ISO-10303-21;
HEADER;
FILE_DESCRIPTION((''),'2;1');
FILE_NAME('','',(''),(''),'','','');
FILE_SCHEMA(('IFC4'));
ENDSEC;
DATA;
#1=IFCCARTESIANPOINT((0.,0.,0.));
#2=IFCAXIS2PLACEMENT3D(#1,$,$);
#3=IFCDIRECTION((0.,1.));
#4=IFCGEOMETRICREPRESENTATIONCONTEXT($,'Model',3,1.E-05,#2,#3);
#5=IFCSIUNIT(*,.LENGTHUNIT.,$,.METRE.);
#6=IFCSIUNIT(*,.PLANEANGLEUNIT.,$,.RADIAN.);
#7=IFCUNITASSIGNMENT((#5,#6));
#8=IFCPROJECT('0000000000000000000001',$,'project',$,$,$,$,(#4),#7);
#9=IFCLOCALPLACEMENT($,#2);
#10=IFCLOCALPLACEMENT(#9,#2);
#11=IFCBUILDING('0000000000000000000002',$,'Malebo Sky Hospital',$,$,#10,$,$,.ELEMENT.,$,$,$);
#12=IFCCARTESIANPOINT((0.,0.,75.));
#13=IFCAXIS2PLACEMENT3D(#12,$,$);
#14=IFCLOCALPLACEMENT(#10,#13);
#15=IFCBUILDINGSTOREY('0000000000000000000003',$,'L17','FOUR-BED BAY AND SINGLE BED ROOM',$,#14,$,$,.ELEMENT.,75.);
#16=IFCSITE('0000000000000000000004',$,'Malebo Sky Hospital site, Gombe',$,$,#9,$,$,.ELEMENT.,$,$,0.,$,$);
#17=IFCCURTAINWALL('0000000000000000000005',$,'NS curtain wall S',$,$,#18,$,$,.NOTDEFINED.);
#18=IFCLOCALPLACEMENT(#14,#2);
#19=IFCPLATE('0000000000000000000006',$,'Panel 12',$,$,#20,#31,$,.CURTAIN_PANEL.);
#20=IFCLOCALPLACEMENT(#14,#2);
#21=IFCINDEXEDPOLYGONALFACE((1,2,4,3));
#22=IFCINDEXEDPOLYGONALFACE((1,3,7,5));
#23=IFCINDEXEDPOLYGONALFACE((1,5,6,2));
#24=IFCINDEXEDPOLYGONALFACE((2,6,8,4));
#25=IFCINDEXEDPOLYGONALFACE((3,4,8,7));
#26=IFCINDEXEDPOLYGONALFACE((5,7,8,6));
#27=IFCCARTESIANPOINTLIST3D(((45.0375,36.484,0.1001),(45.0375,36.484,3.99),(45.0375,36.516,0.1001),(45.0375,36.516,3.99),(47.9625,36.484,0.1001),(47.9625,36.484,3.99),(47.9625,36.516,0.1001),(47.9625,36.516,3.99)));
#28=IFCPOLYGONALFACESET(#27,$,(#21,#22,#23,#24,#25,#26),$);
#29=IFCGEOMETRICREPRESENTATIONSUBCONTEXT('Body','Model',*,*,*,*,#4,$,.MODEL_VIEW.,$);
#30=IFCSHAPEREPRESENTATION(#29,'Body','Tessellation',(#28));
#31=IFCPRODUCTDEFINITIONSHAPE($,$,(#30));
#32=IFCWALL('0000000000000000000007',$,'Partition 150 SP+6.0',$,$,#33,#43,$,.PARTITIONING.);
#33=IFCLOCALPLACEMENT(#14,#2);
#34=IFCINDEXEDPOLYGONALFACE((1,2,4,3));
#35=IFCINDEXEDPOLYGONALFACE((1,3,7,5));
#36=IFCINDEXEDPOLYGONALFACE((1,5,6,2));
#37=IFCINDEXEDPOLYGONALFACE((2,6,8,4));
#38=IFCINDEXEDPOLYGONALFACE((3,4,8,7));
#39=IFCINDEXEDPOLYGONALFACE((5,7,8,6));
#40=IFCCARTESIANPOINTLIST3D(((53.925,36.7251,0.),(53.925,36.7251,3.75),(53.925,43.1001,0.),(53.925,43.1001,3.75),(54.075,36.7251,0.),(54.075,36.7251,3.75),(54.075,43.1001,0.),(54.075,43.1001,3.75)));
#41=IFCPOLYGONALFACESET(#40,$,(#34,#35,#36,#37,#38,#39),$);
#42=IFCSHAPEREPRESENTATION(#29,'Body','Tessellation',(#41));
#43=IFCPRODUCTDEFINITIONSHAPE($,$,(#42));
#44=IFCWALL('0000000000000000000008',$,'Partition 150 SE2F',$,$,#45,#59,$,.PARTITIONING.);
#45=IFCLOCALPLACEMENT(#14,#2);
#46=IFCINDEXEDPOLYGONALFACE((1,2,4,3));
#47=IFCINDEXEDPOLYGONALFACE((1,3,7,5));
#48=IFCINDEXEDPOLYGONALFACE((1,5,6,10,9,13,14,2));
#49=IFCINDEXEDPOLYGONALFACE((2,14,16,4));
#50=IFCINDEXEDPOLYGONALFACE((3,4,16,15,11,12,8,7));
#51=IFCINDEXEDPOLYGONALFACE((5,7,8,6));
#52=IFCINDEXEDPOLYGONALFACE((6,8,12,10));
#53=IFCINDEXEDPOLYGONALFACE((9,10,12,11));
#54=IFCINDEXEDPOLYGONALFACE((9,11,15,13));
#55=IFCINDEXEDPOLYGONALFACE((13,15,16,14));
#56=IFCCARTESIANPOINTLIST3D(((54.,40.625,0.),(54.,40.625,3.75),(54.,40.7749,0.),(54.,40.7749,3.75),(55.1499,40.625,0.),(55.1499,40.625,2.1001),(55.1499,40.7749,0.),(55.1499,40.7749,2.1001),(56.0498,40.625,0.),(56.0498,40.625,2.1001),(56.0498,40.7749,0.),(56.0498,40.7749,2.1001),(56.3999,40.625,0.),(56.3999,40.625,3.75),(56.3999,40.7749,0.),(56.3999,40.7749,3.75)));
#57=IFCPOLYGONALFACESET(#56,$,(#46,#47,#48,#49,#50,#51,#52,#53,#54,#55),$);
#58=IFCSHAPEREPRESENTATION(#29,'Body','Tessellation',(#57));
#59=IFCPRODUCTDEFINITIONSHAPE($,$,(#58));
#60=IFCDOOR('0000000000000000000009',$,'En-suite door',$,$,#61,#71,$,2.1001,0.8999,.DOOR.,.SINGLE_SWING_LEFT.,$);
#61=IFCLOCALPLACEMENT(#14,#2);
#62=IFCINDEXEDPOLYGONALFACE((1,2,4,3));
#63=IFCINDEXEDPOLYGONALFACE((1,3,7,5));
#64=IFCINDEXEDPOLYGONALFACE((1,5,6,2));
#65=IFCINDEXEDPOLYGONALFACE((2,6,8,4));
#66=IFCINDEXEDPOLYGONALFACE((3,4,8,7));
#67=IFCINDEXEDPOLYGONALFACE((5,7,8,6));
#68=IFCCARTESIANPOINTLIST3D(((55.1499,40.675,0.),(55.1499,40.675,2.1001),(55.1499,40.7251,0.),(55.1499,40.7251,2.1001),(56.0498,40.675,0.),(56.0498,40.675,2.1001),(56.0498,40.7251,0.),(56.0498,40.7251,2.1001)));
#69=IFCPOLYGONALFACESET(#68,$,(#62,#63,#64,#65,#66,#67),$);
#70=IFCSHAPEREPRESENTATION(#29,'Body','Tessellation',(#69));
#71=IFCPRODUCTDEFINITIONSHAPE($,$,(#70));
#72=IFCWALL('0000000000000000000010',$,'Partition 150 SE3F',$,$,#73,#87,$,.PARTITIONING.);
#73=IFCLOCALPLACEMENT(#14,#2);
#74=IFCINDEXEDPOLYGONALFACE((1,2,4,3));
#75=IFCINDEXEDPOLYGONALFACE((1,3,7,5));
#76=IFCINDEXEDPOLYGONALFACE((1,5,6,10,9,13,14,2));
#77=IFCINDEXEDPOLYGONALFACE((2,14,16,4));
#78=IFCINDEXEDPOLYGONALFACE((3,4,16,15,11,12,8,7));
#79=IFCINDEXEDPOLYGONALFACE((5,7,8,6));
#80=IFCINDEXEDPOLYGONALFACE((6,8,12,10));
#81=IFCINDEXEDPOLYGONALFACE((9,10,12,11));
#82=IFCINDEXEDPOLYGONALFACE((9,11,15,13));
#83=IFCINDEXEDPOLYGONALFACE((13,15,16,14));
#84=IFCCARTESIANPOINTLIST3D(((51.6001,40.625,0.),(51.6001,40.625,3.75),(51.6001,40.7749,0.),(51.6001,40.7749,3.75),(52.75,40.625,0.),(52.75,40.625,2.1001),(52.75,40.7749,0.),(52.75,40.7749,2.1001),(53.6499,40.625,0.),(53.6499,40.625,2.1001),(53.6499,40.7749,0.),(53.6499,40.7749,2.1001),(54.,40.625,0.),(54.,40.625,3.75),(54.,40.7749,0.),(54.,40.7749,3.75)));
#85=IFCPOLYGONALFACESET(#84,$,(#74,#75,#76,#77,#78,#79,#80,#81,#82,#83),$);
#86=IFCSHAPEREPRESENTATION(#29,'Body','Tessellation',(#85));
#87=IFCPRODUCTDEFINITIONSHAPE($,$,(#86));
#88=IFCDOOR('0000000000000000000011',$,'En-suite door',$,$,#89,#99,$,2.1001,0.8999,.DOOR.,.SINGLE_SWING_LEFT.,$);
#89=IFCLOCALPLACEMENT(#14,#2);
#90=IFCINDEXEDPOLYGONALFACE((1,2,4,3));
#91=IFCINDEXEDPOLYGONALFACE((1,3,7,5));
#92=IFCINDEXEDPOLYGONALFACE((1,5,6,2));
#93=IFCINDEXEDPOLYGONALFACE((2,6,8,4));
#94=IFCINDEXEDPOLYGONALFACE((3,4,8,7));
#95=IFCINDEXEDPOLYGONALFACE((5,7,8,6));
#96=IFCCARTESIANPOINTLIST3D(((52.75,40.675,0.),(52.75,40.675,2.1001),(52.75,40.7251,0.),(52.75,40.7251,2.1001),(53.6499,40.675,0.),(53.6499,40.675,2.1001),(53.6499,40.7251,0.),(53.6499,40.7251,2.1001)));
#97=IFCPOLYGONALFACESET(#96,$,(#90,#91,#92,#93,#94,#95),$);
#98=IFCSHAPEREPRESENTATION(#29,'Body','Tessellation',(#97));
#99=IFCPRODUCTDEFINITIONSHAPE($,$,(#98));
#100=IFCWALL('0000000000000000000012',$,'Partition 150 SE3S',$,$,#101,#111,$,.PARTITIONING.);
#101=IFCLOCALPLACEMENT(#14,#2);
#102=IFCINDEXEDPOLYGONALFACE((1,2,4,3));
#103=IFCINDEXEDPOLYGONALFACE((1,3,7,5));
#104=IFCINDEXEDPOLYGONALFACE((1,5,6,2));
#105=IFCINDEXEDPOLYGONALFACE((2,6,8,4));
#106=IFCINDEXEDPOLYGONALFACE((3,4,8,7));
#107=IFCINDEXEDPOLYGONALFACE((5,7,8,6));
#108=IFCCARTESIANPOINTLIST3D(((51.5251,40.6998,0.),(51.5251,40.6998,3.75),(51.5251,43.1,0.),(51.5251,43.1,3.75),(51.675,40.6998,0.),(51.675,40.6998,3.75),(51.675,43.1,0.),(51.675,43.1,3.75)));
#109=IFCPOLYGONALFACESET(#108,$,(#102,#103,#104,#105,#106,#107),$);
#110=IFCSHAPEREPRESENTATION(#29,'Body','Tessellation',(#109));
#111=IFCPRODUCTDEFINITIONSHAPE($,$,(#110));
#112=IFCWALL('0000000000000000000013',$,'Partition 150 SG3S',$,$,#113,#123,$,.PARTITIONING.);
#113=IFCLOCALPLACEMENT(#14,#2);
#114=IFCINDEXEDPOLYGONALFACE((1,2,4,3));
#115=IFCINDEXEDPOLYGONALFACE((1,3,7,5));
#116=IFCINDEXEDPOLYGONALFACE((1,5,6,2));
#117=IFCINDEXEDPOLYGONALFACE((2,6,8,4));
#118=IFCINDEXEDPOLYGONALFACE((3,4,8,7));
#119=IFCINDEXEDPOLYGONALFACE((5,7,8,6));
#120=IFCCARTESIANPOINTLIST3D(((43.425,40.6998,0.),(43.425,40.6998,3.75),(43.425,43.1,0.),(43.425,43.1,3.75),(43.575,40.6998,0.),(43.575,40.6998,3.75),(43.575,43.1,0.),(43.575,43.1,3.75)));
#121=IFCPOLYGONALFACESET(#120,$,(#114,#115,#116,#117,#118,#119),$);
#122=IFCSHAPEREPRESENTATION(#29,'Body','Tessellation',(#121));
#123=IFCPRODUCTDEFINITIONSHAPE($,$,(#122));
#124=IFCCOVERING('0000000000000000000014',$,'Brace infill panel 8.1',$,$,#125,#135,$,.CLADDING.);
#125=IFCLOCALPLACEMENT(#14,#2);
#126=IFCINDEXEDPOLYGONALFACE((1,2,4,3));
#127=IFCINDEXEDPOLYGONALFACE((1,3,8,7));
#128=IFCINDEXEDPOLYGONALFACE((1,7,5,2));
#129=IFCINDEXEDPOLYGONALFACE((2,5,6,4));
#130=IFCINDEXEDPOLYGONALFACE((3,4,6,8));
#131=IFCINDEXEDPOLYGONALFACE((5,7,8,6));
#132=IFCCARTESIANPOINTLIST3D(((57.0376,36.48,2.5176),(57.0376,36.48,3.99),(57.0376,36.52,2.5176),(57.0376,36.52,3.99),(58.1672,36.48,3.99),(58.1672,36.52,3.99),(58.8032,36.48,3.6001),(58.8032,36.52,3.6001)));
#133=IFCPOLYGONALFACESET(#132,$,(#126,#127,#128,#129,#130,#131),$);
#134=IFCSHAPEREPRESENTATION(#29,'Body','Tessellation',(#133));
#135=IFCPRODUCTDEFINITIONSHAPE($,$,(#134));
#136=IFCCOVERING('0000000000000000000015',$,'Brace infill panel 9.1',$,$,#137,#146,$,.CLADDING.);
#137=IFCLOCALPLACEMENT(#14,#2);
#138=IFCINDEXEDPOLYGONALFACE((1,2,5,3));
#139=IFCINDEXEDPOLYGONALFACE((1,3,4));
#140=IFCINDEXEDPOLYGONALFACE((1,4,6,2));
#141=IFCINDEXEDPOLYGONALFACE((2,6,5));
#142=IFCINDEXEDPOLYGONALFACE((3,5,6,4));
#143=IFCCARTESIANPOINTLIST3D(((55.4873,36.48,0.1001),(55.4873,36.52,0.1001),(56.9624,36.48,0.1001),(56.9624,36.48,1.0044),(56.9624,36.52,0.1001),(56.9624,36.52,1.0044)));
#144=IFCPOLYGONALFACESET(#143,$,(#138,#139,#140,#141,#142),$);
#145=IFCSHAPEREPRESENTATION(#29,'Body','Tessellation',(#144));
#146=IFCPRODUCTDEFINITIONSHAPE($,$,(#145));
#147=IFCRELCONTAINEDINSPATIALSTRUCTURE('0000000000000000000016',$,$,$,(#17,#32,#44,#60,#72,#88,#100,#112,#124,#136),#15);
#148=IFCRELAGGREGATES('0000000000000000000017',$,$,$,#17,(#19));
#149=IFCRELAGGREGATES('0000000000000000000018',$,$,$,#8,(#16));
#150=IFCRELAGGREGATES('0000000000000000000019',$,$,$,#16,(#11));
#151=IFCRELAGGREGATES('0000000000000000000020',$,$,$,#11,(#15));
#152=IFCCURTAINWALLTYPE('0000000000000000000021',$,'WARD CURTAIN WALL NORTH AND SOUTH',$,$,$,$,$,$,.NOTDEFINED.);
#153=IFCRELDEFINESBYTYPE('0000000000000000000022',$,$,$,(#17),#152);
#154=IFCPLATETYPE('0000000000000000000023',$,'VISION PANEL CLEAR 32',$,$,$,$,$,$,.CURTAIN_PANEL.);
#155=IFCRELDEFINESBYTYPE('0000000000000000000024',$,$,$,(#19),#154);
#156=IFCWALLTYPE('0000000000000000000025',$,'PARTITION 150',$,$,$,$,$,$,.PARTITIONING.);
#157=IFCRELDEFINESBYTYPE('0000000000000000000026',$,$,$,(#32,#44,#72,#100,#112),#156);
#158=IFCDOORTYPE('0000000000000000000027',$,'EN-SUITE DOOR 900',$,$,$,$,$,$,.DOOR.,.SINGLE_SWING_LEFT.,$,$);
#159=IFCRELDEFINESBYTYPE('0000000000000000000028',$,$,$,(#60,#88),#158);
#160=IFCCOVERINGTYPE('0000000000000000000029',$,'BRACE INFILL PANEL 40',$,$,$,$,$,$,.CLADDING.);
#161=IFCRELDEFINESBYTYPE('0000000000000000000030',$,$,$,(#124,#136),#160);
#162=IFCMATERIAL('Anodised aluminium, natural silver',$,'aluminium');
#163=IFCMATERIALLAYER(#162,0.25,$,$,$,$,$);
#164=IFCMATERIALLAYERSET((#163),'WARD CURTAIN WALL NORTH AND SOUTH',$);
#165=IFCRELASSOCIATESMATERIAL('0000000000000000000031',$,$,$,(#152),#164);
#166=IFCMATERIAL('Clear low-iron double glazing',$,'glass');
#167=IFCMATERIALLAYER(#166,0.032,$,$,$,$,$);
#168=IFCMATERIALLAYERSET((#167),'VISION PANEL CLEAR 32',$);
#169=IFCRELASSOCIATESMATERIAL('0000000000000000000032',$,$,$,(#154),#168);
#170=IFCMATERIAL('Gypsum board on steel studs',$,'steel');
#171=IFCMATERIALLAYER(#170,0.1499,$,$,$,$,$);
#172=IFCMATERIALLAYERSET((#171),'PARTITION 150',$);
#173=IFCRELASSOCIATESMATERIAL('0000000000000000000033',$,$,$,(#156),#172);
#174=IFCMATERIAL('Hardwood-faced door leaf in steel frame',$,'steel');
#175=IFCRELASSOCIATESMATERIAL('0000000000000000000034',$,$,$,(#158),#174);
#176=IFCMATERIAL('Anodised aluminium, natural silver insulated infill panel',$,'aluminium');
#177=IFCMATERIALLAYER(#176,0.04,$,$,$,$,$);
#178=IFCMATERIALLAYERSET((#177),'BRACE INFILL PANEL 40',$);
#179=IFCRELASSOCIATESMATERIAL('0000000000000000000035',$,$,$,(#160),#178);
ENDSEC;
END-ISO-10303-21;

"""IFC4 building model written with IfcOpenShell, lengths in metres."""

from ifc_helpers import new_model, si_unit, direction, frame, frame_2d, origin, origin_2d, place, context, subcontext, project, spatial, polyline, rectangle, outline, extrude, material, layer, layer_set, type_object, element, fill, aggregate, save


model = new_model("IFC4")

# Units and contexts
model_context = context("Model", 3, precision=1e-05, world=origin(), true_north=direction((0.0, 1.0)))
body_context = subcontext(model_context, "Body", "Model", "MODEL_VIEW")
ifc_project = project(units=[si_unit("LENGTHUNIT", "METRE"), si_unit("PLANEANGLEUNIT", "RADIAN")], contexts=[model_context])

# Site, building, storey
site_placement = place(None, origin())
site = spatial("IfcSite", under=ifc_project, at=site_placement, Name="Malebo Sky Hospital site, Gombe", CompositionType="ELEMENT", RefElevation=0.0)
building_placement = place(site_placement, origin())
building = spatial("IfcBuilding", under=site, at=building_placement, Name="Malebo Sky Hospital", CompositionType="ELEMENT")
storey_placement = place(building_placement, frame((0.0, 0.0, 75.0)))
storey = spatial("IfcBuildingStorey", under=building, at=storey_placement, Name="L17", Description="FOUR-BED BAY AND SINGLE BED ROOM", CompositionType="ELEMENT", Elevation=75.0)

# Curtain wall
ifc_material_1 = material(Name="Anodised aluminium, natural silver", Category="aluminium")
ifc_layer_1 = layer(ifc_material_1, 0.25)
ifc_layer_set_1 = layer_set([ifc_layer_1], Name="WARD CURTAIN WALL NORTH AND SOUTH")
curtain_wall_type = type_object("IfcCurtainWallType", Name="WARD CURTAIN WALL NORTH AND SOUTH", PredefinedType="NOTDEFINED", material=ifc_layer_set_1)
curtain_wall_placement = place(storey_placement, origin())
curtain_wall = element("IfcCurtainWall", 1, at=curtain_wall_placement, inside=storey, type_object=curtain_wall_type, Name="NS curtain wall S", PredefinedType="NOTDEFINED")

# Plate
ifc_material_2 = material(Name="Clear low-iron double glazing", Category="glass")
ifc_layer_2 = layer(ifc_material_2, 0.032)
ifc_layer_set_2 = layer_set([ifc_layer_2], Name="VISION PANEL CLEAR 32")
plate_type = type_object("IfcPlateType", Name="VISION PANEL CLEAR 32", PredefinedType="CURTAIN_PANEL", material=ifc_layer_set_2)
plate_1_placement = place(storey_placement, frame((46.5, 36.5, 0.1001), z_axis=(0.0, 0.0, 1.0), x_axis=(-1.0, 0.0, 0.0)))
plate_1 = element("IfcPlate", 2, at=plate_1_placement, type_object=plate_type, Name="Panel 12", PredefinedType="CURTAIN_PANEL", context=body_context, shape_type="SweptSolid", body=[
    extrude(rectangle(XDim=2.925, YDim=0.032, at=origin_2d()), origin(), (0.0, 0.0, 1.0), 3.8899),
])
aggregate(curtain_wall, [plate_1])

# Wall
ifc_material_3 = material(Name="Gypsum board on steel studs", Category="steel")
ifc_layer_3 = layer(ifc_material_3, 0.1499)
ifc_layer_set_3 = layer_set([ifc_layer_3], Name="PARTITION 150")
wall_type = type_object("IfcWallType", Name="PARTITION 150", PredefinedType="PARTITIONING", material=ifc_layer_set_3)
wall_1_placement = place(storey_placement, frame((54.0, 43.1001, 0.0), z_axis=(0.0, 0.0, 1.0), x_axis=(0.0, -1.0, 0.0)))
element("IfcWall", 3, at=wall_1_placement, inside=storey, type_object=wall_type, Name="Partition 150 SP+6.0", PredefinedType="PARTITIONING", context=body_context, shape_type="SweptSolid", body=[
    extrude(rectangle(XDim=6.375, YDim=0.1499, at=frame_2d((3.1875, 0.0))), origin(), (0.0, 0.0, 1.0), 3.75),
])

# Walls, openings, doors
wall_2_placement = place(storey_placement, frame((56.3999, 40.7, 0.0), z_axis=(0.0, 0.0, 1.0), x_axis=(-1.0, 0.0, 0.0)))
wall_2 = element("IfcWall", 4, at=wall_2_placement, inside=storey, type_object=wall_type, Name="Partition 150 SE2F", PredefinedType="PARTITIONING", context=body_context, shape_type="SweptSolid", body=[
    extrude(rectangle(XDim=2.3999, YDim=0.1499, at=frame_2d((1.2, 0.0))), origin(), (0.0, 0.0, 1.0), 3.75),
])
opening_1_placement = place(wall_2_placement, frame((0.3501, 0.0, 0.0)))
opening_1 = element("IfcOpeningElement", 5, at=opening_1_placement, cuts=wall_2, PredefinedType="OPENING", context=body_context, shape_type="SweptSolid", body=[
    extrude(rectangle(XDim=0.8999, YDim=2.1001, at=frame_2d((0.45, 1.05))), frame((0.0, 0.085, 0.0), z_axis=(0.0, -1.0, 0.0), x_axis=(1.0, 0.0, 0.0)), (0.0, 0.0, 1.0), 0.1699),
])
ifc_material_4 = material(Name="Hardwood-faced door leaf in steel frame", Category="steel")
door_type = type_object("IfcDoorType", Name="EN-SUITE DOOR 900", OperationType="SINGLE_SWING_LEFT", PredefinedType="DOOR", material=ifc_material_4)
door_1_placement = place(opening_1_placement, origin())
door_1 = element("IfcDoor", 6, at=door_1_placement, inside=storey, type_object=door_type, Name="En-suite door", OperationType="SINGLE_SWING_LEFT", OverallHeight=2.1001, OverallWidth=0.8999, PredefinedType="DOOR", context=body_context, shape_type="SweptSolid", body=[
    extrude(rectangle(XDim=0.8999, YDim=2.1001, at=frame_2d((0.45, 1.05))), frame((0.0, 0.0249, 0.0), z_axis=(0.0, -1.0, 0.0), x_axis=(1.0, 0.0, 0.0)), (0.0, 0.0, 1.0), 0.05),
])
fill(opening_1, door_1)
wall_3_placement = place(storey_placement, frame((54.0, 40.7, 0.0), z_axis=(0.0, 0.0, 1.0), x_axis=(-1.0, 0.0, 0.0)))
wall_3 = element("IfcWall", 7, at=wall_3_placement, inside=storey, type_object=wall_type, Name="Partition 150 SE3F", PredefinedType="PARTITIONING", context=body_context, shape_type="SweptSolid", body=[
    extrude(rectangle(XDim=2.3999, YDim=0.1499, at=frame_2d((1.2, 0.0))), origin(), (0.0, 0.0, 1.0), 3.75),
])
opening_2_placement = place(wall_3_placement, frame((0.3501, 0.0, 0.0)))
opening_2 = element("IfcOpeningElement", 8, at=opening_2_placement, cuts=wall_3, PredefinedType="OPENING", context=body_context, shape_type="SweptSolid", body=[
    extrude(rectangle(XDim=0.8999, YDim=2.1001, at=frame_2d((0.45, 1.05))), frame((0.0, 0.085, 0.0), z_axis=(0.0, -1.0, 0.0), x_axis=(1.0, 0.0, 0.0)), (0.0, 0.0, 1.0), 0.1699),
])
door_2_placement = place(opening_2_placement, origin())
door_2 = element("IfcDoor", 9, at=door_2_placement, inside=storey, type_object=door_type, Name="En-suite door", OperationType="SINGLE_SWING_LEFT", OverallHeight=2.1001, OverallWidth=0.8999, PredefinedType="DOOR", context=body_context, shape_type="SweptSolid", body=[
    extrude(rectangle(XDim=0.8999, YDim=2.1001, at=frame_2d((0.45, 1.05))), frame((0.0, 0.0249, 0.0), z_axis=(0.0, -1.0, 0.0), x_axis=(1.0, 0.0, 0.0)), (0.0, 0.0, 1.0), 0.05),
])
fill(opening_2, door_2)

# Walls
for number, where, z_axis, x_axis, name in (
    (10, (51.6001, 43.1001, 0.0), (0.0, 0.0, 1.0), (0.0, -1.0, 0.0), "Partition 150 SE3S"),
    (11, (43.5, 43.1001, 0.0), (0.0, 0.0, 1.0), (0.0, -1.0, 0.0), "Partition 150 SG3S"),
):
    element("IfcWall", number, at=place(storey_placement, frame(where, z_axis=z_axis, x_axis=x_axis)), inside=storey, type_object=wall_type, Name=name, PredefinedType="PARTITIONING", context=body_context, shape_type="SweptSolid", body=[
        extrude(rectangle(XDim=2.4001, YDim=0.1499, at=frame_2d((1.2002, 0.0))), origin(), (0.0, 0.0, 1.0), 3.75),
    ])

# Coverings
ifc_material_5 = material(Name="Anodised aluminium, natural silver insulated infill panel", Category="aluminium")
ifc_layer_4 = layer(ifc_material_5, 0.04)
ifc_layer_set_4 = layer_set([ifc_layer_4], Name="BRACE INFILL PANEL 40")
covering_type = type_object("IfcCoveringType", Name="BRACE INFILL PANEL 40", PredefinedType="CLADDING", material=ifc_layer_set_4)
covering_1_placement = place(storey_placement, frame((57.9204, 36.5, 2.5176), z_axis=(0.0, 0.0, 1.0), x_axis=(-1.0, 0.0, 0.0)))
element("IfcCovering", 12, at=covering_1_placement, inside=storey, type_object=covering_type, Name="Brace infill panel 8.1", PredefinedType="CLADDING", context=body_context, shape_type="SweptSolid", body=[
    extrude(outline(polyline([(0.8828, 0.0), (0.8828, 1.4724), (-0.2468, 1.4724), (-0.8828, 1.0825), (0.8828, 0.0)])), frame((0.0, 0.02, 0.0), z_axis=(0.0, -1.0, 0.0), x_axis=(1.0, 0.0, 0.0)), (0.0, 0.0, 1.0), 0.04),
])
covering_2_placement = place(storey_placement, frame((56.2249, 36.5, 0.1001), z_axis=(0.0, 0.0, 1.0), x_axis=(-1.0, 0.0, 0.0)))
element("IfcCovering", 13, at=covering_2_placement, inside=storey, type_object=covering_type, Name="Brace infill panel 9.1", PredefinedType="CLADDING", context=body_context, shape_type="SweptSolid", body=[
    extrude(outline(polyline([(-0.7375, 0.0), (0.7375, 0.0), (-0.7375, 0.9043), (-0.7375, 0.0)])), frame((0.0, 0.02, 0.0), z_axis=(0.0, -1.0, 0.0), x_axis=(1.0, 0.0, 0.0)), (0.0, 0.0, 1.0), 0.04),
])

save(model, "model.ifc")
